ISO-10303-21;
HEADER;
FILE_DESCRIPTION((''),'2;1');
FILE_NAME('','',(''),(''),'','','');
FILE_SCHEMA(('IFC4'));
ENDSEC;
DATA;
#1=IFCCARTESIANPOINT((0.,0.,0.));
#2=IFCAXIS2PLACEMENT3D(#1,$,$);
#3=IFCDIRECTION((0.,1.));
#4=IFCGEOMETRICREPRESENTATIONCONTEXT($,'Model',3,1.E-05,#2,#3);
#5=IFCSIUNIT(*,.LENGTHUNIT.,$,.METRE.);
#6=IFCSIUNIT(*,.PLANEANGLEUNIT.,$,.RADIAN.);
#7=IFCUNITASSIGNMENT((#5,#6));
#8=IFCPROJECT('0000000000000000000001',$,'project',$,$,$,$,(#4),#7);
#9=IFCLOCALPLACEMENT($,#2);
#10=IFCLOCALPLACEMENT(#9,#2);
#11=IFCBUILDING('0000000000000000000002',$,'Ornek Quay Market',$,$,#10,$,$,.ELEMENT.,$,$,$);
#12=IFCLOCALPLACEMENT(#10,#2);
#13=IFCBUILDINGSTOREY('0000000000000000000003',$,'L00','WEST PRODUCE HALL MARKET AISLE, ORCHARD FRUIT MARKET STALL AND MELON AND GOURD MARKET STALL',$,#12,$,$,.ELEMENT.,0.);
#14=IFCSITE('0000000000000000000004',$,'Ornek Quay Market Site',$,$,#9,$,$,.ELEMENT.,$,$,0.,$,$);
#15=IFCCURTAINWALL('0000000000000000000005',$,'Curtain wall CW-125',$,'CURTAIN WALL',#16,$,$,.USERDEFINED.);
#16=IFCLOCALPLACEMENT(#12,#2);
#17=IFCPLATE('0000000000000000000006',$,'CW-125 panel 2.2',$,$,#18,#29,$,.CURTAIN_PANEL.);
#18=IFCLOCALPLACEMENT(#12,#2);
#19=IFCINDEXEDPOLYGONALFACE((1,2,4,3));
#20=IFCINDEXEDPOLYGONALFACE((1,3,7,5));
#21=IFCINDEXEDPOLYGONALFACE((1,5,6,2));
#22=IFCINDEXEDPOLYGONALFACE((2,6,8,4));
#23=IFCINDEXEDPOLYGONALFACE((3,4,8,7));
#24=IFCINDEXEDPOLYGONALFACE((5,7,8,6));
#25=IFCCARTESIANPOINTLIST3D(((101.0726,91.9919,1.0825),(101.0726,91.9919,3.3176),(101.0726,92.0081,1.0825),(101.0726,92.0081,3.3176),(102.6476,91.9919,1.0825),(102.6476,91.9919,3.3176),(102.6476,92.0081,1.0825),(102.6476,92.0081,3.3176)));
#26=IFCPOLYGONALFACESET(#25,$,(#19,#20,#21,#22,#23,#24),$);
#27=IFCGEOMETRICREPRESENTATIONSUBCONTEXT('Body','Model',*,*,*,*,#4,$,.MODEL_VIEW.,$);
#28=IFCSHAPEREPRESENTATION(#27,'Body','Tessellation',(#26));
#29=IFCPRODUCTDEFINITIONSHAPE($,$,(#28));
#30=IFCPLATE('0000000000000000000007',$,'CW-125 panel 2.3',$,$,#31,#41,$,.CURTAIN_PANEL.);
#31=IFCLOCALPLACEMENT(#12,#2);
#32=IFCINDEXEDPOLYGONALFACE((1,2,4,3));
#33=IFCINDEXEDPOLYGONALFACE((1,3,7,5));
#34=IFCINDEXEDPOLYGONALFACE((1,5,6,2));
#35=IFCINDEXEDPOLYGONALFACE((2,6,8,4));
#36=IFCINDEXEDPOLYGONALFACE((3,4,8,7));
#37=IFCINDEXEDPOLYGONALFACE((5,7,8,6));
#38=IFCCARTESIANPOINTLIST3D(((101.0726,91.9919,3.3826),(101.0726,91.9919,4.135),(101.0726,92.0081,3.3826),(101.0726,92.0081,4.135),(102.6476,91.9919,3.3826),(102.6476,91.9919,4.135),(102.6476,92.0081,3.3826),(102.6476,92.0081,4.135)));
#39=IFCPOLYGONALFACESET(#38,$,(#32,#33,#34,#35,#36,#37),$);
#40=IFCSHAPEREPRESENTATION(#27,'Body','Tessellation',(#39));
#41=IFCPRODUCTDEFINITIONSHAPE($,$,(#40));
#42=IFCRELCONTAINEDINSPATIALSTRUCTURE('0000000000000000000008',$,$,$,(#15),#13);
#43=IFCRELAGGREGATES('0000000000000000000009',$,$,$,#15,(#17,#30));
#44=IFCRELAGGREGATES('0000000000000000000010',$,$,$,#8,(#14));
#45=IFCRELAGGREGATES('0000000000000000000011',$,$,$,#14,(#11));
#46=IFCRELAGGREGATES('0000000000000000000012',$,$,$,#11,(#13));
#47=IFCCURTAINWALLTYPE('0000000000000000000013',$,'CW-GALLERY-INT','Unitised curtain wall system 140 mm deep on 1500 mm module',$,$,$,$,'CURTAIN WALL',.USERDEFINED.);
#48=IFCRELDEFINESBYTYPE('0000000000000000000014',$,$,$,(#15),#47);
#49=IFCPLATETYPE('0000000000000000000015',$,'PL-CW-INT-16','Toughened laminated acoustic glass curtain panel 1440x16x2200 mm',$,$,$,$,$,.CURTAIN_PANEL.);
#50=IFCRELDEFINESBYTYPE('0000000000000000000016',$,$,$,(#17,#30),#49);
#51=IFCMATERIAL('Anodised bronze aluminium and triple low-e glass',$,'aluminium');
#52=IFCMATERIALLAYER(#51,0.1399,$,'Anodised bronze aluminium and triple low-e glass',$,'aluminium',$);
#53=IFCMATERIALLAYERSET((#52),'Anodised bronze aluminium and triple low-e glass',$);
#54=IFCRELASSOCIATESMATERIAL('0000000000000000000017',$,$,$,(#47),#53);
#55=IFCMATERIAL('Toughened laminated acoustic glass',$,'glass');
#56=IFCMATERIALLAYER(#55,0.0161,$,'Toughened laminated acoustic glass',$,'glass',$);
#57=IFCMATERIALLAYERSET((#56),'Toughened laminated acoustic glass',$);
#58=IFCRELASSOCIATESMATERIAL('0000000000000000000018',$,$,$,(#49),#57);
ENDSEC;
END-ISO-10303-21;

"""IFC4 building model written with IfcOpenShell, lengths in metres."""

from ifc_helpers import new_model, si_unit, direction, frame, origin, origin_2d, place, context, subcontext, project, spatial, rectangle, extrude, material, layer, layer_set, type_object, element, aggregate, save


model = new_model("IFC4")

# Units and contexts
model_context = context("Model", 3, precision=1e-05, world=origin(), true_north=direction((0.0, 1.0)))
body_context = subcontext(model_context, "Body", "Model", "MODEL_VIEW")
ifc_project = project(units=[si_unit("LENGTHUNIT", "METRE"), si_unit("PLANEANGLEUNIT", "RADIAN")], contexts=[model_context])

# Site, building, storey
site_placement = place(None, origin())
site = spatial("IfcSite", under=ifc_project, at=site_placement, Name="Ornek Quay Market Site", CompositionType="ELEMENT", RefElevation=0.0)
building_placement = place(site_placement, origin())
building = spatial("IfcBuilding", under=site, at=building_placement, Name="Ornek Quay Market", CompositionType="ELEMENT")
storey_placement = place(building_placement, origin())
storey = spatial("IfcBuildingStorey", under=building, at=storey_placement, Name="L00", Description="WEST PRODUCE HALL MARKET AISLE, ORCHARD FRUIT MARKET STALL AND MELON AND GOURD MARKET STALL", CompositionType="ELEMENT", Elevation=0.0)

# Curtain wall
ifc_material_1 = material(Name="Anodised bronze aluminium and triple low-e glass", Category="aluminium")
ifc_layer_1 = layer(ifc_material_1, 0.1399, Name="Anodised bronze aluminium and triple low-e glass", Category="aluminium")
ifc_layer_set_1 = layer_set([ifc_layer_1], Name="Anodised bronze aluminium and triple low-e glass")
curtain_wall_type = type_object("IfcCurtainWallType", Name="CW-GALLERY-INT", Description="Unitised curtain wall system 140 mm deep on 1500 mm module", ElementType="CURTAIN WALL", PredefinedType="USERDEFINED", material=ifc_layer_set_1)
curtain_wall_1_placement = place(storey_placement, origin())
curtain_wall_1 = element("IfcCurtainWall", 1, at=curtain_wall_1_placement, inside=storey, type_object=curtain_wall_type, Name="Curtain wall CW-125", ObjectType="CURTAIN WALL", PredefinedType="USERDEFINED")

# Plates
ifc_material_2 = material(Name="Toughened laminated acoustic glass", Category="glass")
ifc_layer_2 = layer(ifc_material_2, 0.0161, Name="Toughened laminated acoustic glass", Category="glass")
ifc_layer_set_2 = layer_set([ifc_layer_2], Name="Toughened laminated acoustic glass")
plate_type = type_object("IfcPlateType", Name="PL-CW-INT-16", Description="Toughened laminated acoustic glass curtain panel 1440x16x2200 mm", PredefinedType="CURTAIN_PANEL", material=ifc_layer_set_2)
plate_1_placement = place(storey_placement, frame((101.8601, 92.0, 1.0825), z_axis=(0.0, 0.0, 1.0), x_axis=(1.0, 0.0, 0.0)))
plate_1 = element("IfcPlate", 2, at=plate_1_placement, type_object=plate_type, Name="CW-125 panel 2.2", PredefinedType="CURTAIN_PANEL", context=body_context, shape_type="SweptSolid", body=[
    extrude(rectangle(XDim=1.575, YDim=0.0161, at=origin_2d()), origin(), (0.0, 0.0, 1.0), 2.2351),
])
plate_2_placement = place(storey_placement, frame((101.8601, 92.0, 3.3826), z_axis=(0.0, 0.0, 1.0), x_axis=(1.0, 0.0, 0.0)))
plate_2 = element("IfcPlate", 3, at=plate_2_placement, type_object=plate_type, Name="CW-125 panel 2.3", PredefinedType="CURTAIN_PANEL", context=body_context, shape_type="SweptSolid", body=[
    extrude(rectangle(XDim=1.575, YDim=0.0161, at=origin_2d()), origin(), (0.0, 0.0, 1.0), 0.7524),
])
aggregate(curtain_wall_1, [plate_1, plate_2])

save(model, "model.ifc")
